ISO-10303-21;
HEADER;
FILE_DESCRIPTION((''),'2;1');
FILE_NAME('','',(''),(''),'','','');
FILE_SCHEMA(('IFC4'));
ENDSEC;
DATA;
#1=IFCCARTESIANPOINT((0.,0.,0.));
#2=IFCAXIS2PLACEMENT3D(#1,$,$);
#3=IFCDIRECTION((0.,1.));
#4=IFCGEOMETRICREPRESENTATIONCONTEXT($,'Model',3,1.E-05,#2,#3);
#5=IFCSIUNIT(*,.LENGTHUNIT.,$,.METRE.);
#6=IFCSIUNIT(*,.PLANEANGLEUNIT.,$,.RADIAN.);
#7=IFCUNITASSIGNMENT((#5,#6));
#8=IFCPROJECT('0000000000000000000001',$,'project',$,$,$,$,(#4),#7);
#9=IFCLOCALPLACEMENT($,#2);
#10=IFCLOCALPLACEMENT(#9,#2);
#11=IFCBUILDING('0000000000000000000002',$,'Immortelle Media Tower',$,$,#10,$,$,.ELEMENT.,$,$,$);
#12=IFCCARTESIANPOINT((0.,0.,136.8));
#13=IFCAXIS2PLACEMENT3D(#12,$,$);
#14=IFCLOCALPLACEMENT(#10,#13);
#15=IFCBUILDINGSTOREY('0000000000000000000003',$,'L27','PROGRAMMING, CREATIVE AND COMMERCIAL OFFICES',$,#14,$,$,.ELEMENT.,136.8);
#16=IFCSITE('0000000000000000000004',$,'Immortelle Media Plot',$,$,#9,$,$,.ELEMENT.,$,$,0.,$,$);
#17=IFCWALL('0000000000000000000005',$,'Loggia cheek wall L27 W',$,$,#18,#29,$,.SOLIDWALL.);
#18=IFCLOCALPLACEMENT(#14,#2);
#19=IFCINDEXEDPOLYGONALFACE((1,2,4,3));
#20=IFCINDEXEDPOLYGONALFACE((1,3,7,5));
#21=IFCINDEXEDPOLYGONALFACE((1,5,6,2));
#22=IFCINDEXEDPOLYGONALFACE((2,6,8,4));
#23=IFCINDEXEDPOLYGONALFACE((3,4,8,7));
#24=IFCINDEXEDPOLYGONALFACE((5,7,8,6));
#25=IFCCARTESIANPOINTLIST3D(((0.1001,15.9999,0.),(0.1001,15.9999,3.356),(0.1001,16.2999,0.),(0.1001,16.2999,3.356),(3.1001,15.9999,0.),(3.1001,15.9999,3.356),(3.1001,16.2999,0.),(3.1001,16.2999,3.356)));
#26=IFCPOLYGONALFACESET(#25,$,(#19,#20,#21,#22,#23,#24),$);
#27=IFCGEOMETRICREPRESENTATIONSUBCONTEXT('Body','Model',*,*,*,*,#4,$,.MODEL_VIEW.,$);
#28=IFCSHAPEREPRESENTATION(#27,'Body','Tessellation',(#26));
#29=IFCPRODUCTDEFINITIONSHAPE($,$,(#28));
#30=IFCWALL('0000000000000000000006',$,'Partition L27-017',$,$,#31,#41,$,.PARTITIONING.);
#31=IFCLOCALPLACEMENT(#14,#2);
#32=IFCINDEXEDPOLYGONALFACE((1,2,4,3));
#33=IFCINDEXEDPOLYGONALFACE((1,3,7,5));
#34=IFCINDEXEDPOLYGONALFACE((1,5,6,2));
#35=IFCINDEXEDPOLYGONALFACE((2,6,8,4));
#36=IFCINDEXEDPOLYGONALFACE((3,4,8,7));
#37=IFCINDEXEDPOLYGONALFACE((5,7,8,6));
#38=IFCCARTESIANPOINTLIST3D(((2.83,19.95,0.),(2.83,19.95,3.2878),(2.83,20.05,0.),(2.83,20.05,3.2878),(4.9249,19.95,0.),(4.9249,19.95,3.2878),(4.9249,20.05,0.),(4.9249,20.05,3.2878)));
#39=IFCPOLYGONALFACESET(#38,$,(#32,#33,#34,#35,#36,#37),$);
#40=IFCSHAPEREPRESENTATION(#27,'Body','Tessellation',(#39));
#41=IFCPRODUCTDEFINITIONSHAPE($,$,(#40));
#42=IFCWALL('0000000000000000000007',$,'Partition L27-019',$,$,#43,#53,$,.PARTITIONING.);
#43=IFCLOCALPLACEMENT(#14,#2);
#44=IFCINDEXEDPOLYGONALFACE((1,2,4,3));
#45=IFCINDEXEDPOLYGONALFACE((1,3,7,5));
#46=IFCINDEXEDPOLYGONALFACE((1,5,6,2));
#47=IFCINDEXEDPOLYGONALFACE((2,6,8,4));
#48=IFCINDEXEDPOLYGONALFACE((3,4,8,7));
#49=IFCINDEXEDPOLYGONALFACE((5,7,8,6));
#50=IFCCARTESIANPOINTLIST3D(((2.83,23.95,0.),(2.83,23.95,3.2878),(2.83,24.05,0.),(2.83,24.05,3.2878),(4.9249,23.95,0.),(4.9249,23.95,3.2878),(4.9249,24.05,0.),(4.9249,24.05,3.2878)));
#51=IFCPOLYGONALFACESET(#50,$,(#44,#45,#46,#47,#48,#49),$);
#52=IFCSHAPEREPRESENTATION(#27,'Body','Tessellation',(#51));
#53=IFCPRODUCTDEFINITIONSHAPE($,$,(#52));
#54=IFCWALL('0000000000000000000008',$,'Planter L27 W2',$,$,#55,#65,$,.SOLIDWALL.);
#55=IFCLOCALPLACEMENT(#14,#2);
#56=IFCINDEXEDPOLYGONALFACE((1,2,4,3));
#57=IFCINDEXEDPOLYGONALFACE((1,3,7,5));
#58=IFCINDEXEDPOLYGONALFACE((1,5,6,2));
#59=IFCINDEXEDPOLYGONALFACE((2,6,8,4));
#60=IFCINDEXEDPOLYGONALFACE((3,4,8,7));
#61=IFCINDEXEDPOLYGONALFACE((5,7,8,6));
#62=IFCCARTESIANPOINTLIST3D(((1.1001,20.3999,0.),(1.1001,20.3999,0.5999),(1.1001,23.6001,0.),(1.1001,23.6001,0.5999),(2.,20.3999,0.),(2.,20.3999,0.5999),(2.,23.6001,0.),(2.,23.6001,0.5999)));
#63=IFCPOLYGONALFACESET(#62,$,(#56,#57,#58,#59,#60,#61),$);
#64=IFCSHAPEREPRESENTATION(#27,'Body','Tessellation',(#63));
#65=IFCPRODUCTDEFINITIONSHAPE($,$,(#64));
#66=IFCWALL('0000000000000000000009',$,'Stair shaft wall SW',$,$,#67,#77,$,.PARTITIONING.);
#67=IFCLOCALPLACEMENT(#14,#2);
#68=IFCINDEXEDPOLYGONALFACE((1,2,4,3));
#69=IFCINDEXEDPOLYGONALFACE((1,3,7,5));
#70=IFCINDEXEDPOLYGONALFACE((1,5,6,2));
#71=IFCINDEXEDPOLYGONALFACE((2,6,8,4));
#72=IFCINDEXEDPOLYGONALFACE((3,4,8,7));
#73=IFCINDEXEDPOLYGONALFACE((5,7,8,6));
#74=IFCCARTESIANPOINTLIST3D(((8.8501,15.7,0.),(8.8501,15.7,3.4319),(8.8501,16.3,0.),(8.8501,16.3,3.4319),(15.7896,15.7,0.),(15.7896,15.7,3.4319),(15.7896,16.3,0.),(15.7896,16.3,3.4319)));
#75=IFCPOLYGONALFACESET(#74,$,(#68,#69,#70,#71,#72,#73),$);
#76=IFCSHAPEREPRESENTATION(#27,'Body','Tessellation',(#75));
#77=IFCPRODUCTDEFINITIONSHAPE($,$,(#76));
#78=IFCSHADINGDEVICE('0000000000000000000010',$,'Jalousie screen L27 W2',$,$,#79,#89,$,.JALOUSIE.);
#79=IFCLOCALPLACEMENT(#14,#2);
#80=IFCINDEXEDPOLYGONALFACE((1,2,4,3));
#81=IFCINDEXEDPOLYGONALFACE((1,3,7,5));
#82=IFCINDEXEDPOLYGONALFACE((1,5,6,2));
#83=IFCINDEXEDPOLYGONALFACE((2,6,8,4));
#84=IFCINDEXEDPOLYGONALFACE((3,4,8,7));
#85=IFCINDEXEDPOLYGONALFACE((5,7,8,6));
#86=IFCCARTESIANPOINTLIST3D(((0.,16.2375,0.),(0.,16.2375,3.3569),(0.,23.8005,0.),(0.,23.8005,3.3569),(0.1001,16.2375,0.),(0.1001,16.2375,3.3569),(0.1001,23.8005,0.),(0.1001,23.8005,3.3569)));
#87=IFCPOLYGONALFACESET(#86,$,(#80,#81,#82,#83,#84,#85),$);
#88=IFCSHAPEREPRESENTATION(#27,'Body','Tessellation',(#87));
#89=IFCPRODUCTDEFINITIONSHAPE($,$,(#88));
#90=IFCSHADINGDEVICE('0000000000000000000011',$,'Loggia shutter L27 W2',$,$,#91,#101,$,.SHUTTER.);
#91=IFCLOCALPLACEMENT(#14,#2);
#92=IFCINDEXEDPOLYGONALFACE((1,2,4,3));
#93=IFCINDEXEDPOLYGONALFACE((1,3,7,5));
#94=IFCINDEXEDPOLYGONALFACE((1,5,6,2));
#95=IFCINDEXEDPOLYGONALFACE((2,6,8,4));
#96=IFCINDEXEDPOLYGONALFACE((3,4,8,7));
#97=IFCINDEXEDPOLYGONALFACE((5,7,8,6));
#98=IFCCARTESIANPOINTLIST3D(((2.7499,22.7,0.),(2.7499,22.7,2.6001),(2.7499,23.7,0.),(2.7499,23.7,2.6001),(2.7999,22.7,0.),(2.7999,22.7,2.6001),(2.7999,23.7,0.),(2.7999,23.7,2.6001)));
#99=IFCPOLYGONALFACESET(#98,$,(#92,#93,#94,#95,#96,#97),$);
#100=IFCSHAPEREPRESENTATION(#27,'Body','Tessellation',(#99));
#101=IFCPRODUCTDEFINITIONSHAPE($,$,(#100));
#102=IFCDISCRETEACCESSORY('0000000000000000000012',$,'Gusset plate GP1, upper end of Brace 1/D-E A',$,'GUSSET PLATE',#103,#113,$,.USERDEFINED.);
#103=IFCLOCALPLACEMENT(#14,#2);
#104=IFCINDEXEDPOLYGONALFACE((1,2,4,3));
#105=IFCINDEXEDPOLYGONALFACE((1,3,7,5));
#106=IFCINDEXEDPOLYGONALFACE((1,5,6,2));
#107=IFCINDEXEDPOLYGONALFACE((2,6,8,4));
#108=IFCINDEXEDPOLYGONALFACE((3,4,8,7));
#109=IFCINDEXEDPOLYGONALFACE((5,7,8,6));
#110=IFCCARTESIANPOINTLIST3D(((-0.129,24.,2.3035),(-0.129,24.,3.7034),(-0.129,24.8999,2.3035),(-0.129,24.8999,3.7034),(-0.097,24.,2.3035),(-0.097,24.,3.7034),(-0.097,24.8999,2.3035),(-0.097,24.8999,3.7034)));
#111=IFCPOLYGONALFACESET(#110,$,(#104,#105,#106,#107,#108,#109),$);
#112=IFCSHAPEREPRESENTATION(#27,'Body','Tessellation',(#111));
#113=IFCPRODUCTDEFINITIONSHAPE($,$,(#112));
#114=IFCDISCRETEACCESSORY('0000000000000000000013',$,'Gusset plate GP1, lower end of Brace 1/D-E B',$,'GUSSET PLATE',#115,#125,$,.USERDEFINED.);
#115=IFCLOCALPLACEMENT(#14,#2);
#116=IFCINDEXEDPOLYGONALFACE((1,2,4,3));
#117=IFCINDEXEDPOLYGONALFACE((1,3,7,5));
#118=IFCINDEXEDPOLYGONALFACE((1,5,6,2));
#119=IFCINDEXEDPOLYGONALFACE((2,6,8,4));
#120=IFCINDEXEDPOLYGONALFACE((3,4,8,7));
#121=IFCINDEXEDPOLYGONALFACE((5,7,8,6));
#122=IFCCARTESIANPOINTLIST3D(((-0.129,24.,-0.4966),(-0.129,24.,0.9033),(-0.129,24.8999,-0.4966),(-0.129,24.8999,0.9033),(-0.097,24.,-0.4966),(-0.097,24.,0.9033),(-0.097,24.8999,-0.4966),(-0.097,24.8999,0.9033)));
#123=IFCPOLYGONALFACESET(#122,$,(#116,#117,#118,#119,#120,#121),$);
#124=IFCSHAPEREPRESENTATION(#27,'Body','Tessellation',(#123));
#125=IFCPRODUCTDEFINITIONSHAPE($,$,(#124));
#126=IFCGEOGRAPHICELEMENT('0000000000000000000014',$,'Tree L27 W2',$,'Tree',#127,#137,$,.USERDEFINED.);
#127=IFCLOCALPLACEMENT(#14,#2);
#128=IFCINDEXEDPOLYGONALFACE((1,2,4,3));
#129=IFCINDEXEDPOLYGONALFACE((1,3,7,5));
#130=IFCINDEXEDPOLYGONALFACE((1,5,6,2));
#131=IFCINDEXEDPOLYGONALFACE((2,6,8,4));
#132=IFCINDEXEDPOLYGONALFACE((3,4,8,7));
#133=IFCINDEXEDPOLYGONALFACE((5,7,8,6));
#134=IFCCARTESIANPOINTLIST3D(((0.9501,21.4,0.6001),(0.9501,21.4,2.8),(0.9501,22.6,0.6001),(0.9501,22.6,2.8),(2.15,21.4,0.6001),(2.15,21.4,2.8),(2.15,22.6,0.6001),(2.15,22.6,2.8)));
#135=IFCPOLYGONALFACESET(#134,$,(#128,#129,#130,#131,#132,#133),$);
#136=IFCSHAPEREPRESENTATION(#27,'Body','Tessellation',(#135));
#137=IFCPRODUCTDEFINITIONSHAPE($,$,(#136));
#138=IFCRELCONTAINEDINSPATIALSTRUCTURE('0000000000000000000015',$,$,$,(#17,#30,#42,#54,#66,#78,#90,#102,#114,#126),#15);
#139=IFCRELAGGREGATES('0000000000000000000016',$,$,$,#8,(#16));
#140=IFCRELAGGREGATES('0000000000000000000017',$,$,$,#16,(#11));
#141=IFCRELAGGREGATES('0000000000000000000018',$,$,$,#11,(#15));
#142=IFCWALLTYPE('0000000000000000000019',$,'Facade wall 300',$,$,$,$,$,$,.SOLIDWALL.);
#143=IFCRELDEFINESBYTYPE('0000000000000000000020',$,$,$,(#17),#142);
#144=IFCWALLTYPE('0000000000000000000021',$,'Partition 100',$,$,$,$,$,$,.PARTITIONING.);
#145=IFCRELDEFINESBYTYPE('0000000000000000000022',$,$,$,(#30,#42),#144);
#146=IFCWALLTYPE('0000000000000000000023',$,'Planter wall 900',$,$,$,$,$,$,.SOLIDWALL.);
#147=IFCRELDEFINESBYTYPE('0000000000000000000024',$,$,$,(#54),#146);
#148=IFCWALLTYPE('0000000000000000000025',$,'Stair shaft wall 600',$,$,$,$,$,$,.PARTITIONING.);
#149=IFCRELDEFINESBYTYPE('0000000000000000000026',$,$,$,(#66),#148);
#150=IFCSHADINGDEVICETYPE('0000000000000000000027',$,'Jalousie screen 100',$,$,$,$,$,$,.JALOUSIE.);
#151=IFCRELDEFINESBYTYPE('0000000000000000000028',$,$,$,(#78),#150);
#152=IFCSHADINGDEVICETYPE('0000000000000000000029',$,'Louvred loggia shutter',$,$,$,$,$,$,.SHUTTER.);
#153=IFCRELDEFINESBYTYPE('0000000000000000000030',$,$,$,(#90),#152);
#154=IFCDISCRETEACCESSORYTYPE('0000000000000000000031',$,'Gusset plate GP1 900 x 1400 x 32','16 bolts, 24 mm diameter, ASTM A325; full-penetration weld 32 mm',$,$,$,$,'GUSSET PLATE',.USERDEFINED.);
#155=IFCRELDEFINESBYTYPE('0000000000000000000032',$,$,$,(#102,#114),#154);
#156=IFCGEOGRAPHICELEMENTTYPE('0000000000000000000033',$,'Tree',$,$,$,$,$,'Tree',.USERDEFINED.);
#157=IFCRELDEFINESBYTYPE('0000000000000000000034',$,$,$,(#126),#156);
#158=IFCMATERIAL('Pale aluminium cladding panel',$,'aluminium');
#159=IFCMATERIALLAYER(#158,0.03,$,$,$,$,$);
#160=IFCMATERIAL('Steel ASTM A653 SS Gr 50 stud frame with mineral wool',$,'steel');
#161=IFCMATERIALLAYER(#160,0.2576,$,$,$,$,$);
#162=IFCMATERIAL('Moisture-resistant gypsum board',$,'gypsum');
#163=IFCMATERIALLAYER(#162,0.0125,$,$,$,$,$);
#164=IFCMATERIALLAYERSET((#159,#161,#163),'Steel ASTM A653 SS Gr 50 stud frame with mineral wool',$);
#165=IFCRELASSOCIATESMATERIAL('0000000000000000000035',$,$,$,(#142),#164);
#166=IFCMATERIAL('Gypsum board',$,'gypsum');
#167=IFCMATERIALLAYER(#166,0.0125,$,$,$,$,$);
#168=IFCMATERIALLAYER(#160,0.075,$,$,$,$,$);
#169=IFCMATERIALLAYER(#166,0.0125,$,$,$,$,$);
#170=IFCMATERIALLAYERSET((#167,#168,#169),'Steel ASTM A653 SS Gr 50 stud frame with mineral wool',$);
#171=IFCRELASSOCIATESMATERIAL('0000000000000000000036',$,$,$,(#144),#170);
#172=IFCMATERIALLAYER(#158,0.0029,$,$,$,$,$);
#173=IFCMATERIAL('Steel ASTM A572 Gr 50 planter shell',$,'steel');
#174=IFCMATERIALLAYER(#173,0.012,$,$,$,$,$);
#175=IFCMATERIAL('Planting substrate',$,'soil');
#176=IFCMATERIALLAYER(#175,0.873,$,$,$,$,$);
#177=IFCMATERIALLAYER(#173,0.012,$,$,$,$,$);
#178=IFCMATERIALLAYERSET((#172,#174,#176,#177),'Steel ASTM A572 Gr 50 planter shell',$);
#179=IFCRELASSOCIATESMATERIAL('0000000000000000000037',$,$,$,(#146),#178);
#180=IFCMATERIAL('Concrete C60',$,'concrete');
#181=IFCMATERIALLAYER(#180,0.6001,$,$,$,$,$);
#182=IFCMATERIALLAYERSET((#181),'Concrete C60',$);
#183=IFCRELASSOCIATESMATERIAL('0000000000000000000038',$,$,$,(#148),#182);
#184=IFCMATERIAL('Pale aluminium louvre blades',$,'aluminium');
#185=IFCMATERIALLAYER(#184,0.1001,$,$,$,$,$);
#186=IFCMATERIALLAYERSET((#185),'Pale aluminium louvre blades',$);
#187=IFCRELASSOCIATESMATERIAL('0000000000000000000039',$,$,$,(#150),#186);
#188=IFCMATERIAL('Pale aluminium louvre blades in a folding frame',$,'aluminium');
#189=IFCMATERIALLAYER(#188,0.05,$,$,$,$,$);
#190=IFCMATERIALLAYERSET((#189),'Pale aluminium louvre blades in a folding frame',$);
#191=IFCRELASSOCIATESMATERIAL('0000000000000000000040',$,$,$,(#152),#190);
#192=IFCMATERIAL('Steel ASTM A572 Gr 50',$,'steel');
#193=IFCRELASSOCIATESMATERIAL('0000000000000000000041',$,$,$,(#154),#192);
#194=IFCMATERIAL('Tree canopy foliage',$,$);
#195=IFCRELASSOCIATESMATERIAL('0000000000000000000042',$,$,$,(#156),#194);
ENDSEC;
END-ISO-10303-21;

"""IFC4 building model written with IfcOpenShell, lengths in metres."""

from ifc_helpers import new_model, si_unit, direction, frame, frame_2d, origin, origin_2d, place, context, subcontext, project, spatial, rectangle, extrude, material, layer, layer_set, material_profile, profile_set, type_object, element, save


model = new_model("IFC4")

# Units and contexts
model_context = context("Model", 3, precision=1e-05, world=origin(), true_north=direction((0.0, 1.0)))
body_context = subcontext(model_context, "Body", "Model", "MODEL_VIEW")
ifc_project = project(units=[si_unit("LENGTHUNIT", "METRE"), si_unit("PLANEANGLEUNIT", "RADIAN")], contexts=[model_context])

# Site, building, storey
site_placement = place(None, origin())
site = spatial("IfcSite", under=ifc_project, at=site_placement, Name="Immortelle Media Plot", CompositionType="ELEMENT", RefElevation=0.0)
building_placement = place(site_placement, origin())
building = spatial("IfcBuilding", under=site, at=building_placement, Name="Immortelle Media Tower", CompositionType="ELEMENT")
storey_placement = place(building_placement, frame((0.0, 0.0, 136.8)))
storey = spatial("IfcBuildingStorey", under=building, at=storey_placement, Name="L27", Description="PROGRAMMING, CREATIVE AND COMMERCIAL OFFICES", CompositionType="ELEMENT", Elevation=136.8)

# Shared definitions
ifc_material_1 = material(Name="Steel ASTM A653 SS Gr 50 stud frame with mineral wool", Category="steel")

# Shared definitions
ifc_material_2 = material(Name="Pale aluminium cladding panel", Category="aluminium")
ifc_layer_1 = layer(ifc_material_2, 0.03)
ifc_layer_2 = layer(ifc_material_1, 0.2576)
ifc_material_3 = material(Name="Moisture-resistant gypsum board", Category="gypsum")
ifc_layer_3 = layer(ifc_material_3, 0.0125)
ifc_layer_set_1 = layer_set([ifc_layer_1, ifc_layer_2, ifc_layer_3], Name="Steel ASTM A653 SS Gr 50 stud frame with mineral wool")
wall_type_1 = type_object("IfcWallType", Name="Facade wall 300", PredefinedType="SOLIDWALL", material=ifc_layer_set_1)

# Walls
for number, where, z_axis, x_axis, name in (
    (1, (0.1001, 16.1499, 0.0), (0.0, 0.0, 1.0), (1.0, 0.0, 0.0), "Loggia cheek wall L27 W"),
):
    element("IfcWall", number, at=place(storey_placement, frame(where, z_axis=z_axis, x_axis=x_axis)), inside=storey, type_object=wall_type_1, Name=name, PredefinedType="SOLIDWALL", context=body_context, shape_type="SweptSolid", body=[
        extrude(rectangle(XDim=3.0, YDim=0.3, at=frame_2d((1.5, 0.0))), origin(), (0.0, 0.0, 1.0), 3.356),
    ])
ifc_material_4 = material(Name="Gypsum board", Category="gypsum")
ifc_layer_4 = layer(ifc_material_4, 0.0125)
ifc_layer_5 = layer(ifc_material_1, 0.075)
ifc_layer_6 = layer(ifc_material_4, 0.0125)
ifc_layer_set_2 = layer_set([ifc_layer_4, ifc_layer_5, ifc_layer_6], Name="Steel ASTM A653 SS Gr 50 stud frame with mineral wool")
wall_type_2 = type_object("IfcWallType", Name="Partition 100", PredefinedType="PARTITIONING", material=ifc_layer_set_2)
for number, where, z_axis, x_axis, name in (
    (2, (2.8301, 20.0, 0.0), (0.0, 0.0, 1.0), (1.0, 0.0, 0.0), "Partition L27-017"),
    (3, (2.8301, 24.0, 0.0), (0.0, 0.0, 1.0), (1.0, 0.0, 0.0), "Partition L27-019"),
):
    element("IfcWall", number, at=place(storey_placement, frame(where, z_axis=z_axis, x_axis=x_axis)), inside=storey, type_object=wall_type_2, Name=name, PredefinedType="PARTITIONING", context=body_context, shape_type="SweptSolid", body=[
        extrude(rectangle(XDim=2.095, YDim=0.1001, at=frame_2d((1.0474, 0.0))), origin(), (0.0, 0.0, 1.0), 3.2878),
    ])
ifc_layer_7 = layer(ifc_material_2, 0.0029)
ifc_material_5 = material(Name="Steel ASTM A572 Gr 50 planter shell", Category="steel")
ifc_layer_8 = layer(ifc_material_5, 0.012)
ifc_material_6 = material(Name="Planting substrate", Category="soil")
ifc_layer_9 = layer(ifc_material_6, 0.873)
ifc_layer_10 = layer(ifc_material_5, 0.012)
ifc_layer_set_3 = layer_set([ifc_layer_7, ifc_layer_8, ifc_layer_9, ifc_layer_10], Name="Steel ASTM A572 Gr 50 planter shell")
wall_type_3 = type_object("IfcWallType", Name="Planter wall 900", PredefinedType="SOLIDWALL", material=ifc_layer_set_3)
wall_1_placement = place(storey_placement, frame((1.55, 23.6001, 0.0), z_axis=(0.0, 0.0, 1.0), x_axis=(0.0, -1.0, 0.0)))
element("IfcWall", 4, at=wall_1_placement, inside=storey, type_object=wall_type_3, Name="Planter L27 W2", PredefinedType="SOLIDWALL", context=body_context, shape_type="SweptSolid", body=[
    extrude(rectangle(XDim=3.2002, YDim=0.8999, at=frame_2d((1.6001, 0.0))), origin(), (0.0, 0.0, 1.0), 0.5999),
])
ifc_material_7 = material(Name="Concrete C60", Category="concrete")
ifc_layer_11 = layer(ifc_material_7, 0.6001)
ifc_layer_set_4 = layer_set([ifc_layer_11], Name="Concrete C60")
wall_type_4 = type_object("IfcWallType", Name="Stair shaft wall 600", PredefinedType="PARTITIONING", material=ifc_layer_set_4)
wall_2_placement = place(storey_placement, frame((8.8501, 16.0, 0.0), z_axis=(0.0, 0.0, 1.0), x_axis=(1.0, 0.0, 0.0)))
element("IfcWall", 5, at=wall_2_placement, inside=storey, type_object=wall_type_4, Name="Stair shaft wall SW", PredefinedType="PARTITIONING", context=body_context, shape_type="SweptSolid", body=[
    extrude(rectangle(XDim=6.9395, YDim=0.6001, at=frame_2d((3.4697, 0.0))), origin(), (0.0, 0.0, 1.0), 3.4319),
])

# Shading devices
ifc_material_8 = material(Name="Pale aluminium louvre blades", Category="aluminium")
ifc_layer_12 = layer(ifc_material_8, 0.1001)
ifc_layer_set_5 = layer_set([ifc_layer_12], Name="Pale aluminium louvre blades")
shading_device_type_1 = type_object("IfcShadingDeviceType", Name="Jalousie screen 100", PredefinedType="JALOUSIE", material=ifc_layer_set_5)
shading_device_1_placement = place(storey_placement, frame((0.05, 20.019, 0.0), z_axis=(0.0, 0.0, 1.0), x_axis=(0.0, -1.0, 0.0)))
element("IfcShadingDevice", 6, at=shading_device_1_placement, inside=storey, type_object=shading_device_type_1, Name="Jalousie screen L27 W2", PredefinedType="JALOUSIE", context=body_context, shape_type="SweptSolid", body=[
    extrude(rectangle(XDim=7.563, YDim=0.1001, at=origin_2d()), origin(), (0.0, 0.0, 1.0), 3.3569),
])
ifc_material_9 = material(Name="Pale aluminium louvre blades in a folding frame", Category="aluminium")
ifc_layer_13 = layer(ifc_material_9, 0.05)
ifc_layer_set_6 = layer_set([ifc_layer_13], Name="Pale aluminium louvre blades in a folding frame")
shading_device_type_2 = type_object("IfcShadingDeviceType", Name="Louvred loggia shutter", PredefinedType="SHUTTER", material=ifc_layer_set_6)
shading_device_2_placement = place(storey_placement, frame((2.7749, 23.2, 0.0), z_axis=(0.0, 0.0, 1.0), x_axis=(0.0, -1.0, 0.0)))
element("IfcShadingDevice", 7, at=shading_device_2_placement, inside=storey, type_object=shading_device_type_2, Name="Loggia shutter L27 W2", PredefinedType="SHUTTER", context=body_context, shape_type="SweptSolid", body=[
    extrude(rectangle(XDim=1.0, YDim=0.05, at=origin_2d()), origin(), (0.0, 0.0, 1.0), 2.6001),
])

# Discrete accessories
ifc_material_10 = material(Name="Steel ASTM A572 Gr 50", Category="steel")
ifc_material_profile_1 = material_profile(ifc_material_10, rectangle(XDim=0.032, YDim=1.3999, at=origin_2d()), Name="PL 32 x 1400")
ifc_profile_set_1 = profile_set([ifc_material_profile_1], Name="Steel ASTM A572 Gr 50")
discrete_accessory_type = type_object("IfcDiscreteAccessoryType", Name="Gusset plate GP1 900 x 1400 x 32", Description="16 bolts, 24 mm diameter, ASTM A325; full-penetration weld 32 mm", ElementType="GUSSET PLATE", PredefinedType="USERDEFINED", material=ifc_profile_set_1)
for number, where, z_axis, x_axis, name in (
    (8, (-0.113, 24.0, 3.0034), (0.0, 1.0, 0.0), (-1.0, 0.0, 0.0), "Gusset plate GP1, upper end of Brace 1/D-E A"),
    (9, (-0.113, 24.0, 0.2034), (0.0, 1.0, 0.0), (-1.0, 0.0, 0.0), "Gusset plate GP1, lower end of Brace 1/D-E B"),
):
    element("IfcDiscreteAccessory", number, at=place(storey_placement, frame(where, z_axis=z_axis, x_axis=x_axis)), inside=storey, type_object=discrete_accessory_type, Name=name, ObjectType="GUSSET PLATE", PredefinedType="USERDEFINED", context=body_context, shape_type="SweptSolid", body=[
        extrude(rectangle(XDim=0.032, YDim=1.3999, at=origin_2d()), origin(), (0.0, 0.0, 1.0), 0.8999),
    ])

# Geographic element
ifc_material_11 = material(Name="Tree canopy foliage")
geographic_element_type = type_object("IfcGeographicElementType", Name="Tree", ElementType="Tree", PredefinedType="USERDEFINED", material=ifc_material_11)
geographic_element_placement = place(storey_placement, frame((1.55, 22.0, 0.6001), z_axis=(0.0, 0.0, 1.0), x_axis=(1.0, 0.0, 0.0)))
element("IfcGeographicElement", 10, at=geographic_element_placement, inside=storey, type_object=geographic_element_type, Name="Tree L27 W2", ObjectType="Tree", PredefinedType="USERDEFINED", context=body_context, shape_type="SweptSolid", body=[
    extrude(rectangle(XDim=1.2, YDim=1.2, at=origin_2d()), origin(), (0.0, 0.0, 1.0), 2.2),
])

save(model, "model.ifc")
